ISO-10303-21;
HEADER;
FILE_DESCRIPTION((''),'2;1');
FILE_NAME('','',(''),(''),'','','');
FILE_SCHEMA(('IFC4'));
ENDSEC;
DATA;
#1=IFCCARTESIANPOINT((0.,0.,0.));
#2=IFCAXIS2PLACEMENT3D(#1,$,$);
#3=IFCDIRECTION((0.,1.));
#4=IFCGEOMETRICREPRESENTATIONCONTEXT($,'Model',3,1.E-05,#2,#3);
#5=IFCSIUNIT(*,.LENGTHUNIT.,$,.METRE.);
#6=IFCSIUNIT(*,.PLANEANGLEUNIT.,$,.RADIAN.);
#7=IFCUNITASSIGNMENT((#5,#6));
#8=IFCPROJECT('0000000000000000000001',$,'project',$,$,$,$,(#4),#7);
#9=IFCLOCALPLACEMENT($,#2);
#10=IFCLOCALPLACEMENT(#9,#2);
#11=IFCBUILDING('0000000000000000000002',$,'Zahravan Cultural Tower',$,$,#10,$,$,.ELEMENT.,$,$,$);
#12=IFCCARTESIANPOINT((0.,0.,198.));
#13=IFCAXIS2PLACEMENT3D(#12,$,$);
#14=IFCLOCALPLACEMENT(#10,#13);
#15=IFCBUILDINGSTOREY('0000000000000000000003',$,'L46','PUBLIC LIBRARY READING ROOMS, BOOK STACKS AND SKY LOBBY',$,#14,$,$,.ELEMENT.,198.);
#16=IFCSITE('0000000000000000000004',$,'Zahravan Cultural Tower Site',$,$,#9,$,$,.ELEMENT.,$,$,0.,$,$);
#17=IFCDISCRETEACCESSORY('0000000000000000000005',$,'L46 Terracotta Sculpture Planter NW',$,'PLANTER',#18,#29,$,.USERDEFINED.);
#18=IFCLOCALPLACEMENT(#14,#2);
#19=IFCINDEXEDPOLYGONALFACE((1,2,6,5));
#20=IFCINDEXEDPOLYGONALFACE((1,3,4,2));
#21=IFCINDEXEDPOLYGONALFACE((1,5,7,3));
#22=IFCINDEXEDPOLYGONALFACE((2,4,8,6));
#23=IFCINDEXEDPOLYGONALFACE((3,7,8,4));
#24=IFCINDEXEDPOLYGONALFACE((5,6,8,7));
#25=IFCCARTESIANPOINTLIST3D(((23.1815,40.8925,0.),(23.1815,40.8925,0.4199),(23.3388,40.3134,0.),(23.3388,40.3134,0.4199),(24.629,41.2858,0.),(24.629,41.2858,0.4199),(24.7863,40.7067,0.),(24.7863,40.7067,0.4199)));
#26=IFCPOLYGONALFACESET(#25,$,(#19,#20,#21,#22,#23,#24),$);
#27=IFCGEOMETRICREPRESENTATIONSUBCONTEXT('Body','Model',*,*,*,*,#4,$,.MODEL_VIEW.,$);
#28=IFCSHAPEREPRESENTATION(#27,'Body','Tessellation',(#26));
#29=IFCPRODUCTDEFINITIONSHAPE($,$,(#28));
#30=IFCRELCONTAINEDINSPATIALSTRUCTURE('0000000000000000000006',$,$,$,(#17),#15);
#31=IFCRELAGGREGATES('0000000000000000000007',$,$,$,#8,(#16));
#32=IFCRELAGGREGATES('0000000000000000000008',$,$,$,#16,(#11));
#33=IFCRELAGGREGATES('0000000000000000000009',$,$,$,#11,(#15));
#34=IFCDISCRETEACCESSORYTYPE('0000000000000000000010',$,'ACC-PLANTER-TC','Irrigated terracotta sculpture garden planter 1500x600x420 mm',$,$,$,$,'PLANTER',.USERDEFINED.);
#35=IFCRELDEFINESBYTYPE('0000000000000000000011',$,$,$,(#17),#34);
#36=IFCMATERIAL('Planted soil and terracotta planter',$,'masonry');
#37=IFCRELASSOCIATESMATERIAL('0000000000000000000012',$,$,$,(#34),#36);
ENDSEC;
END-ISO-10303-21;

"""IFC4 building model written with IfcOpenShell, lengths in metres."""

from ifc_helpers import new_model, si_unit, direction, frame, origin, origin_2d, place, context, subcontext, project, spatial, rectangle, extrude, source, transform, mapped, material, type_object, element, save


model = new_model("IFC4")

# Units and contexts
model_context = context("Model", 3, precision=1e-05, world=origin(), true_north=direction((0.0, 1.0)))
body_context = subcontext(model_context, "Body", "Model", "MODEL_VIEW")
ifc_project = project(units=[si_unit("LENGTHUNIT", "METRE"), si_unit("PLANEANGLEUNIT", "RADIAN")], contexts=[model_context])

# Site, building, storey
site_placement = place(None, origin())
site = spatial("IfcSite", under=ifc_project, at=site_placement, Name="Zahravan Cultural Tower Site", CompositionType="ELEMENT", RefElevation=0.0)
building_placement = place(site_placement, origin())
building = spatial("IfcBuilding", under=site, at=building_placement, Name="Zahravan Cultural Tower", CompositionType="ELEMENT")
storey_placement = place(building_placement, frame((0.0, 0.0, 198.0)))
storey = spatial("IfcBuildingStorey", under=building, at=storey_placement, Name="L46", Description="PUBLIC LIBRARY READING ROOMS, BOOK STACKS AND SKY LOBBY", CompositionType="ELEMENT", Elevation=198.0)

# Discrete accessory
ifc_material_1 = material(Name="Planted soil and terracotta planter", Category="masonry")
discrete_accessory_type = type_object("IfcDiscreteAccessoryType", Name="ACC-PLANTER-TC", Description="Irrigated terracotta sculpture garden planter 1500x600x420 mm", ElementType="PLANTER", PredefinedType="USERDEFINED", material=ifc_material_1)
shared_shape_1 = source(origin(), body_context, "Body", "SweptSolid", [
    extrude(rectangle(XDim=1.5, YDim=0.6001, at=origin_2d()), origin(), (0.0, 0.0, 1.0), 0.4199),
])
discrete_accessory_placement = place(storey_placement, frame((23.9839, 40.7996, 0.0), z_axis=(0.0, 0.0, 1.0), x_axis=(0.965016, 0.262189, 0.0)))
element("IfcDiscreteAccessory", 1, at=discrete_accessory_placement, inside=storey, type_object=discrete_accessory_type, Name="L46 Terracotta Sculpture Planter NW", ObjectType="PLANTER", PredefinedType="USERDEFINED", context=body_context, shape_type="MappedRepresentation", body=[
    mapped(shared_shape_1, transform((0.0, 0.0, 0.0), x_axis=(1.0, 0.0, 0.0), y_axis=(0.0, 1.0, 0.0), z_axis=(0.0, 0.0, 1.0), scale=1.0)),
])

save(model, "model.ifc")
